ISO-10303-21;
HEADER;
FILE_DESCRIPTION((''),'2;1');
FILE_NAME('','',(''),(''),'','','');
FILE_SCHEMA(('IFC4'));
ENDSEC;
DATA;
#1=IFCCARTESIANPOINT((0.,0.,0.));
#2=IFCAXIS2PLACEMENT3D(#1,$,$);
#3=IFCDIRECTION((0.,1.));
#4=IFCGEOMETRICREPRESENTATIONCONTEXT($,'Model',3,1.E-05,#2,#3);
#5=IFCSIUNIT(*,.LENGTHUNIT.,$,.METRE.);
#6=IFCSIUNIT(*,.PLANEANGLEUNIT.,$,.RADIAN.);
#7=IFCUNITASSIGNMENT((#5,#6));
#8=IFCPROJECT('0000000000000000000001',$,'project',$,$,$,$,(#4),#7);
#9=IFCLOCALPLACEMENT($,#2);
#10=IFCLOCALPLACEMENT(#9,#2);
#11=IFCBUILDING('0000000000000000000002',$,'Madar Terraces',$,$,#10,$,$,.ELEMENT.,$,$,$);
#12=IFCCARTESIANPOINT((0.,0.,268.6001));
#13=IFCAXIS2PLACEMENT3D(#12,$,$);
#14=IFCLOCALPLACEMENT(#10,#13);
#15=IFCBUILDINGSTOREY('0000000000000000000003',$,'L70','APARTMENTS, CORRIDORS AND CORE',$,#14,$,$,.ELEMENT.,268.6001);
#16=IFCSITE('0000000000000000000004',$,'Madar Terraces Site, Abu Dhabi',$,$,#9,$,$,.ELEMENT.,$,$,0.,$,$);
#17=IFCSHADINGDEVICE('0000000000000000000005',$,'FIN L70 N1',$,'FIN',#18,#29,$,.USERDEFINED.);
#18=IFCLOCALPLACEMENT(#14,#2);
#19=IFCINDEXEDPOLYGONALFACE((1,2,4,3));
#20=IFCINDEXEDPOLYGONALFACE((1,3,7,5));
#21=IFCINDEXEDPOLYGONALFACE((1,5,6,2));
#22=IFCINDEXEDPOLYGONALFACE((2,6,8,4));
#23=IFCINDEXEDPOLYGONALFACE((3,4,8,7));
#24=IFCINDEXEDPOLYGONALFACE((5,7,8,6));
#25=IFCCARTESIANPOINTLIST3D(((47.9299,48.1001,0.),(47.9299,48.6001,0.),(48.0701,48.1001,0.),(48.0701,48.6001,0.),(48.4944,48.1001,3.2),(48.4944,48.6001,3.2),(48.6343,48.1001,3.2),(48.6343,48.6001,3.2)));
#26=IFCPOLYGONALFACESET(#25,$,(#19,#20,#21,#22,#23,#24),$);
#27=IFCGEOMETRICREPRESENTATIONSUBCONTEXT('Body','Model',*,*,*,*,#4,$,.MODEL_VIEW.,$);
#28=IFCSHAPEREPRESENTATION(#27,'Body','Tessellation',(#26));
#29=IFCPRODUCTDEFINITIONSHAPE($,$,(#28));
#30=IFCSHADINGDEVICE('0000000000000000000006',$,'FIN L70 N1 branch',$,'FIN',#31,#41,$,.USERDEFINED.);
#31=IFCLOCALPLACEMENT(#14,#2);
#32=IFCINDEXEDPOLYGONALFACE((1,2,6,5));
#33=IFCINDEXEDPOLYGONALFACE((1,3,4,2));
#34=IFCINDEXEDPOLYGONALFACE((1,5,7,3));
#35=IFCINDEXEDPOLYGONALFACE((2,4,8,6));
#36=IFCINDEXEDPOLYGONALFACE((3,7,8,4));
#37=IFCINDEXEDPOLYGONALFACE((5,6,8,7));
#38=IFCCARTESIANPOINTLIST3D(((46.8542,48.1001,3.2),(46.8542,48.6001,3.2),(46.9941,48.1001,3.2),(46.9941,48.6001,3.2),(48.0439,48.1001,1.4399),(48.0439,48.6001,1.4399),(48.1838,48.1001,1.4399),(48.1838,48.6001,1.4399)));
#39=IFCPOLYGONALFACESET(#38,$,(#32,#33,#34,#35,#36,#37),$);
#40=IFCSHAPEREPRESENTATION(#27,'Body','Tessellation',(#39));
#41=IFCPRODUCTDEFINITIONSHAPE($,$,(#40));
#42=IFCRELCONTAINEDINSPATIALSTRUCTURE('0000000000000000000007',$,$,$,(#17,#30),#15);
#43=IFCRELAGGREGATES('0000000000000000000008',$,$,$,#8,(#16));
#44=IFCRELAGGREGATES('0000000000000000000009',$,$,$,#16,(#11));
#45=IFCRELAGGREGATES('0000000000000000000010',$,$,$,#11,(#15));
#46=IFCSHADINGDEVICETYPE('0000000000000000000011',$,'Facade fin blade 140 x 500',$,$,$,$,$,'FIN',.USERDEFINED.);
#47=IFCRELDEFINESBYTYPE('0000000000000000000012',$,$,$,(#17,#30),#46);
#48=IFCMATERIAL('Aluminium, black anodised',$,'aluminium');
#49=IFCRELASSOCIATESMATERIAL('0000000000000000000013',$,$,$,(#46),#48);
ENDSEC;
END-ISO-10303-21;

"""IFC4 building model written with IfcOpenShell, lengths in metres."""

from ifc_helpers import new_model, si_unit, direction, frame, origin, place, context, subcontext, project, spatial, polyline, outline, extrude, material, type_object, element, save


model = new_model("IFC4")

# Units and contexts
model_context = context("Model", 3, precision=1e-05, world=origin(), true_north=direction((0.0, 1.0)))
body_context = subcontext(model_context, "Body", "Model", "MODEL_VIEW")
ifc_project = project(units=[si_unit("LENGTHUNIT", "METRE"), si_unit("PLANEANGLEUNIT", "RADIAN")], contexts=[model_context])

# Site, building, storey
site_placement = place(None, origin())
site = spatial("IfcSite", under=ifc_project, at=site_placement, Name="Madar Terraces Site, Abu Dhabi", CompositionType="ELEMENT", RefElevation=0.0)
building_placement = place(site_placement, origin())
building = spatial("IfcBuilding", under=site, at=building_placement, Name="Madar Terraces", CompositionType="ELEMENT")
storey_placement = place(building_placement, frame((0.0, 0.0, 268.6001)))
storey = spatial("IfcBuildingStorey", under=building, at=storey_placement, Name="L70", Description="APARTMENTS, CORRIDORS AND CORE", CompositionType="ELEMENT", Elevation=268.6001)

# Shading devices
ifc_material_1 = material(Name="Aluminium, black anodised", Category="aluminium")
shading_device_type = type_object("IfcShadingDeviceType", Name="Facade fin blade 140 x 500", ElementType="FIN", PredefinedType="USERDEFINED", material=ifc_material_1)
shading_device_1_placement = place(storey_placement, frame((48.0701, 48.3501, 0.0), z_axis=(0.0, 0.0, 1.0), x_axis=(-1.0, 0.0, 0.0)))
element("IfcShadingDevice", 1, at=shading_device_1_placement, inside=storey, type_object=shading_device_type, Name="FIN L70 N1", ObjectType="FIN", PredefinedType="USERDEFINED", context=body_context, shape_type="SweptSolid", body=[
    extrude(outline(polyline([(0.0, 0.0), (0.1401, 0.0), (-0.4243, 3.2), (-0.5642, 3.2), (0.0, 0.0)])), frame((0.0, 0.25, 0.0), z_axis=(0.0, -1.0, 0.0), x_axis=(1.0, 0.0, 0.0)), (0.0, 0.0, 1.0), 0.5),
])
shading_device_2_placement = place(storey_placement, frame((48.1838, 48.3501, 1.4399), z_axis=(0.0, 0.0, 1.0), x_axis=(-1.0, 0.0, 0.0)))
element("IfcShadingDevice", 2, at=shading_device_2_placement, inside=storey, type_object=shading_device_type, Name="FIN L70 N1 branch", ObjectType="FIN", PredefinedType="USERDEFINED", context=body_context, shape_type="SweptSolid", body=[
    extrude(outline(polyline([(0.0, 0.0), (0.1399, 0.0), (1.3296, 1.76), (1.1897, 1.76), (0.0, 0.0)])), frame((0.0, 0.25, 0.0), z_axis=(0.0, -1.0, 0.0), x_axis=(1.0, 0.0, 0.0)), (0.0, 0.0, 1.0), 0.5),
])

save(model, "model.ifc")
